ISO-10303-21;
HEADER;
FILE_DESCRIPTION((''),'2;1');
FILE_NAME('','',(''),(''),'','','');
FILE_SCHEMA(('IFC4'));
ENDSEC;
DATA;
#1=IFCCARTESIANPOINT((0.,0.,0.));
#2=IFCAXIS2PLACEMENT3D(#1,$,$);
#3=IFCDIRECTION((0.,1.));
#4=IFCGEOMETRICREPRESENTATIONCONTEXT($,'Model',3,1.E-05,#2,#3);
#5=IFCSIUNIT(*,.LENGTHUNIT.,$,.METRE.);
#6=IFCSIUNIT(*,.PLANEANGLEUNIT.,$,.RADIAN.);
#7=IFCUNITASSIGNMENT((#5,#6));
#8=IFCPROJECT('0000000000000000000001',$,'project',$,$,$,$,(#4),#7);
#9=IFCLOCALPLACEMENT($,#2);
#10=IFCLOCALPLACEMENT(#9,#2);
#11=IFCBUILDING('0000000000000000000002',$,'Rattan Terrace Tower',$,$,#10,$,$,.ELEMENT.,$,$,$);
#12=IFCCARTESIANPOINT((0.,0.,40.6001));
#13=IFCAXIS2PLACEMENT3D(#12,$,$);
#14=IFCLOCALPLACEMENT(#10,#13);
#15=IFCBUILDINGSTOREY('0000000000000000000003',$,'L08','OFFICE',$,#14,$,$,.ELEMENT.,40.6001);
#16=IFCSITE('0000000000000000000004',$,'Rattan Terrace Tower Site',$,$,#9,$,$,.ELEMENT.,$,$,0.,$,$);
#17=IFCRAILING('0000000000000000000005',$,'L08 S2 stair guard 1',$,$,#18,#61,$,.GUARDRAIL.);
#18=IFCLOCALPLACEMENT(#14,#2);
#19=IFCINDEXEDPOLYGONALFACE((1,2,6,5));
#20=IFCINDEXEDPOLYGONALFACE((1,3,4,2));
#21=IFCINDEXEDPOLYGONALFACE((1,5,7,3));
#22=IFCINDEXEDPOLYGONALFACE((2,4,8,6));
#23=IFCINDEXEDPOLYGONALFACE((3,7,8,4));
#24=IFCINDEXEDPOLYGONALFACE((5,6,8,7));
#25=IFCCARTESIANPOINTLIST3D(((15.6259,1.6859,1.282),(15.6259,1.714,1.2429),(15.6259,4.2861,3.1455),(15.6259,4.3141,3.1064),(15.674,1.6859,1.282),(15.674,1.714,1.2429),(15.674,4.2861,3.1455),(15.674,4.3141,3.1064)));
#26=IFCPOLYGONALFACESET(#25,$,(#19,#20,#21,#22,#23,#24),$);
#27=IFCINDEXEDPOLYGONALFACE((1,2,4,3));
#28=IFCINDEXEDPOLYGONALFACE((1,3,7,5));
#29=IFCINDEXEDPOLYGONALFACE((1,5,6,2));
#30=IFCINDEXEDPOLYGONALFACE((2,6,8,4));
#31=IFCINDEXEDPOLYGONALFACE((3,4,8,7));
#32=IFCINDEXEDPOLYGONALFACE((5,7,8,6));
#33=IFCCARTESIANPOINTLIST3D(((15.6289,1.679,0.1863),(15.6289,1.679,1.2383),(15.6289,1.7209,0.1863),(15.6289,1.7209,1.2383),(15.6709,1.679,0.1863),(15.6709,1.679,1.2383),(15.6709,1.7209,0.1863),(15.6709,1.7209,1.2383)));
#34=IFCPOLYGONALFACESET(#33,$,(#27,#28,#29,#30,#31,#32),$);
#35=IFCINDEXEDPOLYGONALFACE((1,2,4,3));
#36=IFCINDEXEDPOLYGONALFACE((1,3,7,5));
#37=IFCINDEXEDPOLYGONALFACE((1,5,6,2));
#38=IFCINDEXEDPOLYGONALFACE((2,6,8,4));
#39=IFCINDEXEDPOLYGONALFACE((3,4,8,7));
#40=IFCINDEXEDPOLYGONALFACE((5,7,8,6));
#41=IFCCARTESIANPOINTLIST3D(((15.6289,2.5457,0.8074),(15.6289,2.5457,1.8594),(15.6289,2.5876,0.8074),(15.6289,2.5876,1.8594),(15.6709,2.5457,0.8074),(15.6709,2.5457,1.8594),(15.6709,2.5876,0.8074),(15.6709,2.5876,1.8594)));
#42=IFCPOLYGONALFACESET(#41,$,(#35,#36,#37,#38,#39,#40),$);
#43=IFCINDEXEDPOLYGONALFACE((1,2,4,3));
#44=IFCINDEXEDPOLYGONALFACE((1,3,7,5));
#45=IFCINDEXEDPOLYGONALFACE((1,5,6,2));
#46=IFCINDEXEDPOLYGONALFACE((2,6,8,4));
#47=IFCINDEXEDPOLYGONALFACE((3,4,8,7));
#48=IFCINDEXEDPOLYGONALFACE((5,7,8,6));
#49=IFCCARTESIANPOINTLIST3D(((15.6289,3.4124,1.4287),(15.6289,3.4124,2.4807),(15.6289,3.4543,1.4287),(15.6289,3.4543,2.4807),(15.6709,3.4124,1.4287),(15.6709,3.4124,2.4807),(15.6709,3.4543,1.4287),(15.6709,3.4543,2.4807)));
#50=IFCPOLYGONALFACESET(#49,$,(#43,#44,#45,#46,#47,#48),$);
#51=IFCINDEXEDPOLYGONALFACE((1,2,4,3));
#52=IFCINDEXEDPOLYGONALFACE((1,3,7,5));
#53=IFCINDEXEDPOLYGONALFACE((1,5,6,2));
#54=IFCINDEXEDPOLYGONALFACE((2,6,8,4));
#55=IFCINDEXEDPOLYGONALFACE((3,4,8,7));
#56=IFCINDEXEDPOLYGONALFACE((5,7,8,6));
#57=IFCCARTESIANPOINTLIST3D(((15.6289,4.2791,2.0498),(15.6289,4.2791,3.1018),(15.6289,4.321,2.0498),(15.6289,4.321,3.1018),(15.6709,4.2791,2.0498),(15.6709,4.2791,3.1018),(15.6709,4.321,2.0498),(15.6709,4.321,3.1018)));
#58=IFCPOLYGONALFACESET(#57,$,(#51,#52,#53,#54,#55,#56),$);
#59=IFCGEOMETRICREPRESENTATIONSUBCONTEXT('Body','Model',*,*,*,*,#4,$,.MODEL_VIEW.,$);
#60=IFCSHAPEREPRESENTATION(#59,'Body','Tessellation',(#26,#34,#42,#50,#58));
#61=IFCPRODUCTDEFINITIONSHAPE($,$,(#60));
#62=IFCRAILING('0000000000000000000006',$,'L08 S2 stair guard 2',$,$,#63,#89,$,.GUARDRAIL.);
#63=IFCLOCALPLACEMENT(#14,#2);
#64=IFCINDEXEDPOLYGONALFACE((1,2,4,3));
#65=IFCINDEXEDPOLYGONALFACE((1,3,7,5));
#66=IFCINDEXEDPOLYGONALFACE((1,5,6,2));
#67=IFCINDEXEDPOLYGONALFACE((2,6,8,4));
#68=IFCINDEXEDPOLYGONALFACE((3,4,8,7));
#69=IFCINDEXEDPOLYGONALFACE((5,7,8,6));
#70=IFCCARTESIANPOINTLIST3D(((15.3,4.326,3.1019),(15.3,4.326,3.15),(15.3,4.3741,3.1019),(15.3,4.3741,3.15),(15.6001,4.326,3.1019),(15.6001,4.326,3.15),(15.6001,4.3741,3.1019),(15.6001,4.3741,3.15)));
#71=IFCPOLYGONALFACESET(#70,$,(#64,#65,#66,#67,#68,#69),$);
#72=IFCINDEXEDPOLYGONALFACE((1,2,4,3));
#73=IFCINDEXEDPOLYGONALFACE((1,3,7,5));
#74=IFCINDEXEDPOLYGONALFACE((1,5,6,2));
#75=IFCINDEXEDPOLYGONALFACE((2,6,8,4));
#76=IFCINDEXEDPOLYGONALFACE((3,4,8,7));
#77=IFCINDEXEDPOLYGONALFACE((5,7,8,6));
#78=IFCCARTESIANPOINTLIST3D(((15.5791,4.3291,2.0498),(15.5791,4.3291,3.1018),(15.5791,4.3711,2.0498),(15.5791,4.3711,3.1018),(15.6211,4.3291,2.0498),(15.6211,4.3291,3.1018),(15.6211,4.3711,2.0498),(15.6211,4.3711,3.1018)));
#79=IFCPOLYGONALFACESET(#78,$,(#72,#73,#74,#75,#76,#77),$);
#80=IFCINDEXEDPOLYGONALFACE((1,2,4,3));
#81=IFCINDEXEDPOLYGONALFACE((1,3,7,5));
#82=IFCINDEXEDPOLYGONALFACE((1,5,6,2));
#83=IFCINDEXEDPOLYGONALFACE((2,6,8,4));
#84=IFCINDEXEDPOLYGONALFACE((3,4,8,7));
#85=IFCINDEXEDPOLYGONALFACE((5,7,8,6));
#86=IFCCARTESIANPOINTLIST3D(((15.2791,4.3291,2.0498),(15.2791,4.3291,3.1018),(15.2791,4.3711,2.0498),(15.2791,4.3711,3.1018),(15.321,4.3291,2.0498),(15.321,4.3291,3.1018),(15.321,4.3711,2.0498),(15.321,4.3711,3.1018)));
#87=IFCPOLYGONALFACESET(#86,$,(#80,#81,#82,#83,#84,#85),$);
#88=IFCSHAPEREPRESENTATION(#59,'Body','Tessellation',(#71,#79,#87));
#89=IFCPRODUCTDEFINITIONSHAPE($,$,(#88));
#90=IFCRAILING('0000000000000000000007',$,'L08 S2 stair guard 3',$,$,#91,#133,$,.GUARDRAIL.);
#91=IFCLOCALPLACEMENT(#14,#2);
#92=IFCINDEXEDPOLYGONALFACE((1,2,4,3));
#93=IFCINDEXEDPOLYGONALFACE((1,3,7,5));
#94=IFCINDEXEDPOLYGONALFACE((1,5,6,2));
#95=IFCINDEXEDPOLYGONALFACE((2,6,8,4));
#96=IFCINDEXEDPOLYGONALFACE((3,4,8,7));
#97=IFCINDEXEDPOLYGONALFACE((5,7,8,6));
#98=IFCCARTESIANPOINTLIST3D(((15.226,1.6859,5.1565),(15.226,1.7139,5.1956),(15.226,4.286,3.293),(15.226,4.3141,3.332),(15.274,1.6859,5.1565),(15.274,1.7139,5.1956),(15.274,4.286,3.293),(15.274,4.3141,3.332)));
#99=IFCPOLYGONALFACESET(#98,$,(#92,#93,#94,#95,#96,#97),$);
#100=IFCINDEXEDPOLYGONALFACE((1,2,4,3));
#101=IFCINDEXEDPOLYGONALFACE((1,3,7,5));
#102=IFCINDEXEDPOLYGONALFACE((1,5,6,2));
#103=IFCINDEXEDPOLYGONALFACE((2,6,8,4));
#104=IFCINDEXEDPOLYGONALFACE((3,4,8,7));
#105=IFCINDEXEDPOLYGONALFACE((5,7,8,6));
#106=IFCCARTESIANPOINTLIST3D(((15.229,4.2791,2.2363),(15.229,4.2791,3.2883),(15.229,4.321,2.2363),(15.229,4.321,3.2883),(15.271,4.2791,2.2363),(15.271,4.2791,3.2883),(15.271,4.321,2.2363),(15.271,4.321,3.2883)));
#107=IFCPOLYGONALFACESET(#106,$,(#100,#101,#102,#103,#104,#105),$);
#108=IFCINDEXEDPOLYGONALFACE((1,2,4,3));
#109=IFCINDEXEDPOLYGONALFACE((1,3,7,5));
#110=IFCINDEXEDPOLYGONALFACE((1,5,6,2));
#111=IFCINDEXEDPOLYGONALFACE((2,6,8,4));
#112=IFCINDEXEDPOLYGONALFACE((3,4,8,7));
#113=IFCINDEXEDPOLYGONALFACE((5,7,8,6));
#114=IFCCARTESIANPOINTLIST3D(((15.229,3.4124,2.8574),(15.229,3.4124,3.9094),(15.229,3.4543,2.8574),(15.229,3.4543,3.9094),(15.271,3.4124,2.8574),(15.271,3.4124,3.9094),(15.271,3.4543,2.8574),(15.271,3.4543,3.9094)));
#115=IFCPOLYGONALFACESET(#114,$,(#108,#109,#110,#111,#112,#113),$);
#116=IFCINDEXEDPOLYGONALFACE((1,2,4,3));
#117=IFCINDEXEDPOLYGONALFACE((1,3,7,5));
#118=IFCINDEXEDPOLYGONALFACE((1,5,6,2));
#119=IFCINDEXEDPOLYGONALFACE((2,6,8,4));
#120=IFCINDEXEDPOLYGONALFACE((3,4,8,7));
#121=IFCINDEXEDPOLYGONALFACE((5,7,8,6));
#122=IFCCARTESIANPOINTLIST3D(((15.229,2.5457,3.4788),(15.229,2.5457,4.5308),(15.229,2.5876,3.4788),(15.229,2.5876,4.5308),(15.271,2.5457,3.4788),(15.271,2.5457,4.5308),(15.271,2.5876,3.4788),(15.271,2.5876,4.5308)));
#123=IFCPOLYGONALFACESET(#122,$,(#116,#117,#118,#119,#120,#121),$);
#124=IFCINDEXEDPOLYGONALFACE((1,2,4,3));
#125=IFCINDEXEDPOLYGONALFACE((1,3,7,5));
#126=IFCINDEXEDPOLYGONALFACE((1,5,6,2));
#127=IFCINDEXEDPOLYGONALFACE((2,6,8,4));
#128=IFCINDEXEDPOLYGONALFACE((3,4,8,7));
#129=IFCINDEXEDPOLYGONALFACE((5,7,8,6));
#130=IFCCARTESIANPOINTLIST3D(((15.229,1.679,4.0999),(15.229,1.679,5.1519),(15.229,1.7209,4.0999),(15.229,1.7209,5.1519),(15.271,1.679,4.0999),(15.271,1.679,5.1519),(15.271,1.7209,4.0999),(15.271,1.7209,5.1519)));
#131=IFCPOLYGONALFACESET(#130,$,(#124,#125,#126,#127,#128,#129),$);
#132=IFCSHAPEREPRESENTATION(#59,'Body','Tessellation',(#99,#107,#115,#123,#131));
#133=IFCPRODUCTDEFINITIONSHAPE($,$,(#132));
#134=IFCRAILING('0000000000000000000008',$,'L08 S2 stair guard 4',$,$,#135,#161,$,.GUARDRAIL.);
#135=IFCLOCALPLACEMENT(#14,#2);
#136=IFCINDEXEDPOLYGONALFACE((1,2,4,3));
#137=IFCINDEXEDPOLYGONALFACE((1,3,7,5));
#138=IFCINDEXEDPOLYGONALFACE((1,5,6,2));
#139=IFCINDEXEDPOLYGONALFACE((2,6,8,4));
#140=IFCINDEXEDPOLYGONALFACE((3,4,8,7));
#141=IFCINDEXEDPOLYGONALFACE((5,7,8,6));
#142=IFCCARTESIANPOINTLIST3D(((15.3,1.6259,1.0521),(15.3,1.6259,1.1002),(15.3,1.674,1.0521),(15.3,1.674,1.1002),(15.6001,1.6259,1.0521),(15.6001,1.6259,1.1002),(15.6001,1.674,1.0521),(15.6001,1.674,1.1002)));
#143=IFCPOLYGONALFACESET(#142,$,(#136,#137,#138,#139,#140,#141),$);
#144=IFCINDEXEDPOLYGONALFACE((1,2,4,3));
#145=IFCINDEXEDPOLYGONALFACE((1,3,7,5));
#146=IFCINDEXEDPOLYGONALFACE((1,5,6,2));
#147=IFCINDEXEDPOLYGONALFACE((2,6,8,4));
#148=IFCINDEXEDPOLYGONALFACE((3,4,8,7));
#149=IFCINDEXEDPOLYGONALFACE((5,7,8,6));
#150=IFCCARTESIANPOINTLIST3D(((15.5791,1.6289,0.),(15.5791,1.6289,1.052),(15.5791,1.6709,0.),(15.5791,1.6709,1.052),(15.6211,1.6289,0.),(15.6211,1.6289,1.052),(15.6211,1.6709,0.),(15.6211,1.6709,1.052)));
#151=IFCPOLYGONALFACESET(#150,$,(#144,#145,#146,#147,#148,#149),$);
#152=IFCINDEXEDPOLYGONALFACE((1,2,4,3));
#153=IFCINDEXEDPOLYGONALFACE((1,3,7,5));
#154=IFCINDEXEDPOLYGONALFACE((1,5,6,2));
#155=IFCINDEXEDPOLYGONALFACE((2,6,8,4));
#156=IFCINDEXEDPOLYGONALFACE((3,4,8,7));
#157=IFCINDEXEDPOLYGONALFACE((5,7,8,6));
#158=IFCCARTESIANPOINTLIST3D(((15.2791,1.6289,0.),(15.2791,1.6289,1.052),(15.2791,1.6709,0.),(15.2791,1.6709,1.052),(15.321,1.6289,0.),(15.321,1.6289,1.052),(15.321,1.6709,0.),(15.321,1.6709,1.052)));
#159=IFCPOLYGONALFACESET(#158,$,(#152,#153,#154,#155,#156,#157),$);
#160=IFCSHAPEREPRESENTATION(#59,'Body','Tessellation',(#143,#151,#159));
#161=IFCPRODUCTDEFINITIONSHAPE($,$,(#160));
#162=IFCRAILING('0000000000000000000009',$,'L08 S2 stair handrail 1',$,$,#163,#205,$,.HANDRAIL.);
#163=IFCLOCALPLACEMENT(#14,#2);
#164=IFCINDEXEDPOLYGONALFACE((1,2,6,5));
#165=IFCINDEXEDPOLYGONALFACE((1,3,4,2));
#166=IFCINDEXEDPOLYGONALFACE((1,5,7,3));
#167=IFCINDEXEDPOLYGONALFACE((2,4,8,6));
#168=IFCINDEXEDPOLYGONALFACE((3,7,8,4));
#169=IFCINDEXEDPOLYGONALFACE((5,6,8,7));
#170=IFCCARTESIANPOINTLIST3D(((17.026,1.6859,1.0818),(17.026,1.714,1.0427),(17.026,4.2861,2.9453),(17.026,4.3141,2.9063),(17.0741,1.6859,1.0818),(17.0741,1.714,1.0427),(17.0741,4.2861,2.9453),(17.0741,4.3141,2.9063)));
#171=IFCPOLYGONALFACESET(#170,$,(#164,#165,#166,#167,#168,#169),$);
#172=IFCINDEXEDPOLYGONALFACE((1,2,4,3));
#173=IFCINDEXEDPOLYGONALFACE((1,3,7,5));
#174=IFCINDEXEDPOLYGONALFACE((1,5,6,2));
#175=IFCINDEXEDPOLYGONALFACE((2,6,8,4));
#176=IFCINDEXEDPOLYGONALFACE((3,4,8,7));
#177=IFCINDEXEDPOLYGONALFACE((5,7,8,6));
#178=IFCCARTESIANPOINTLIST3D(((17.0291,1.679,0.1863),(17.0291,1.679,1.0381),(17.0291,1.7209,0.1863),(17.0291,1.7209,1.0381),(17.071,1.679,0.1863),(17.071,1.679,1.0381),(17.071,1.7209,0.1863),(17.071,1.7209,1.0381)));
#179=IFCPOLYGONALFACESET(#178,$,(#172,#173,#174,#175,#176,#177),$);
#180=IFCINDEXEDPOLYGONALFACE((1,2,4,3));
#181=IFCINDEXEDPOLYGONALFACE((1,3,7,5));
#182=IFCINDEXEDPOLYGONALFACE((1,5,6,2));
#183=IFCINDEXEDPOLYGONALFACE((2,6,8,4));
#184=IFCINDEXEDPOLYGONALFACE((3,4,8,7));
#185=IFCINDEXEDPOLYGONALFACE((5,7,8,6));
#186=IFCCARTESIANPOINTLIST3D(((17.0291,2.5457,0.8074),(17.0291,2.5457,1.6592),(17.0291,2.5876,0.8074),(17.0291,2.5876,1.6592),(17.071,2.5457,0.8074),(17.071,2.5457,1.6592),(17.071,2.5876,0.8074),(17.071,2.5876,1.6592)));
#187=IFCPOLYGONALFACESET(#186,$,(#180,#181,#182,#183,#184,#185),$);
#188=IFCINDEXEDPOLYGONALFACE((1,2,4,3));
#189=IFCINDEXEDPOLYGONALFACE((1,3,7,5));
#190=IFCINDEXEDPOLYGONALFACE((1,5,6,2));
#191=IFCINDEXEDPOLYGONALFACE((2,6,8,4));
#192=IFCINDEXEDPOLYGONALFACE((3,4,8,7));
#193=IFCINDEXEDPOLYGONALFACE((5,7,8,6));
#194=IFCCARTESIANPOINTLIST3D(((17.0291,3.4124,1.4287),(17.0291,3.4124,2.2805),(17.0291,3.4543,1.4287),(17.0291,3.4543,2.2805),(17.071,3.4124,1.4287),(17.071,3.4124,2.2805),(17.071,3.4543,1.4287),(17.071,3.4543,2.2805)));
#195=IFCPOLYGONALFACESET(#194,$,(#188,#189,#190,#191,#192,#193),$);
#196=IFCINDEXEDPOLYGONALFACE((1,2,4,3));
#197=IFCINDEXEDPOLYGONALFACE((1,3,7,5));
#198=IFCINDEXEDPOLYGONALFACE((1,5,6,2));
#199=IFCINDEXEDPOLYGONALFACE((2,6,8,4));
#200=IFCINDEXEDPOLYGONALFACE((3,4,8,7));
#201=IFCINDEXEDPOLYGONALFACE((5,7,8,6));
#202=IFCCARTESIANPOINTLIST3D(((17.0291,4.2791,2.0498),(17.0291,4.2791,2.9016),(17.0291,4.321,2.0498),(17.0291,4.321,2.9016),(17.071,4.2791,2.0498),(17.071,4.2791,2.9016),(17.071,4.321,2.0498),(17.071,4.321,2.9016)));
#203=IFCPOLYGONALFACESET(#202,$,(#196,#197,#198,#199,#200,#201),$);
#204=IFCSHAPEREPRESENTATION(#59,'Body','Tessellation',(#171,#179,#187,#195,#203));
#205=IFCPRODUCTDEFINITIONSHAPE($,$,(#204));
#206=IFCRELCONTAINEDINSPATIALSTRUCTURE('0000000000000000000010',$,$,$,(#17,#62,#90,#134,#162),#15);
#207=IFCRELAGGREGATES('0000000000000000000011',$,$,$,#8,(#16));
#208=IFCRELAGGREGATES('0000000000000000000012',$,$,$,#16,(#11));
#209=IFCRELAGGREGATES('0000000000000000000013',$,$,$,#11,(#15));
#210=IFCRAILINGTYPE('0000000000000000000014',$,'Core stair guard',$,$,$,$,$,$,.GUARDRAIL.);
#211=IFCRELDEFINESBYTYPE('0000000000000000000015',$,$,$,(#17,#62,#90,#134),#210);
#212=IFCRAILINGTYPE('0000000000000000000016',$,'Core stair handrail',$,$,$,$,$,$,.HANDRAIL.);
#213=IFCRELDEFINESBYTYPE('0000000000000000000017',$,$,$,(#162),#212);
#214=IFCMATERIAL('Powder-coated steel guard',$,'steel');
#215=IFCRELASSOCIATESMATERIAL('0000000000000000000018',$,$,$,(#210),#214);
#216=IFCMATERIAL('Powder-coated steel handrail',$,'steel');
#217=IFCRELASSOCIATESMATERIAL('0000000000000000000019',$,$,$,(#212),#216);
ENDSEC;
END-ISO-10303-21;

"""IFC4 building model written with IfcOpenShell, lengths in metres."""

from ifc_helpers import new_model, si_unit, direction, frame, origin, origin_2d, place, context, subcontext, project, spatial, rectangle, extrude, material, type_object, element, save


model = new_model("IFC4")

# Units and contexts
model_context = context("Model", 3, precision=1e-05, world=origin(), true_north=direction((0.0, 1.0)))
body_context = subcontext(model_context, "Body", "Model", "MODEL_VIEW")
ifc_project = project(units=[si_unit("LENGTHUNIT", "METRE"), si_unit("PLANEANGLEUNIT", "RADIAN")], contexts=[model_context])

# Site, building, storey
site_placement = place(None, origin())
site = spatial("IfcSite", under=ifc_project, at=site_placement, Name="Rattan Terrace Tower Site", CompositionType="ELEMENT", RefElevation=0.0)
building_placement = place(site_placement, origin())
building = spatial("IfcBuilding", under=site, at=building_placement, Name="Rattan Terrace Tower", CompositionType="ELEMENT")
storey_placement = place(building_placement, frame((0.0, 0.0, 40.6001)))
storey = spatial("IfcBuildingStorey", under=building, at=storey_placement, Name="L08", Description="OFFICE", CompositionType="ELEMENT", Elevation=40.6001)

# Railings
ifc_material_1 = material(Name="Powder-coated steel guard", Category="steel")
railing_type_1 = type_object("IfcRailingType", Name="Core stair guard", PredefinedType="GUARDRAIL", material=ifc_material_1)
railing_1_placement = place(storey_placement, frame((15.6499, 1.7, 0.1863)))
element("IfcRailing", 1, at=railing_1_placement, inside=storey, type_object=railing_type_1, Name="L08 S2 stair guard 1", PredefinedType="GUARDRAIL", context=body_context, shape_type="SweptSolid", body=[
    extrude(rectangle(XDim=0.0481, YDim=0.0481, at=origin_2d()), frame((0.0, 0.0, 1.0762), z_axis=(0.0, 0.812799, 0.582544), x_axis=(-1.0, 0.0, 0.0)), (0.0, 0.0, 1.0), 3.199),
    extrude(rectangle(XDim=0.042, YDim=0.042, at=origin_2d()), origin(), (0.0, 0.0, 1.0), 1.052),
    extrude(rectangle(XDim=0.042, YDim=0.042, at=origin_2d()), frame((0.0, 0.8667, 0.6211)), (0.0, 0.0, 1.0), 1.052),
    extrude(rectangle(XDim=0.042, YDim=0.042, at=origin_2d()), frame((0.0, 1.7334, 1.2424)), (0.0, 0.0, 1.0), 1.052),
    extrude(rectangle(XDim=0.042, YDim=0.042, at=origin_2d()), frame((0.0, 2.6001, 1.8635)), (0.0, 0.0, 1.0), 1.052),
])
railing_2_placement = place(storey_placement, frame((15.6001, 4.3501, 2.0498)))
element("IfcRailing", 2, at=railing_2_placement, inside=storey, type_object=railing_type_1, Name="L08 S2 stair guard 2", PredefinedType="GUARDRAIL", context=body_context, shape_type="SweptSolid", body=[
    extrude(rectangle(XDim=0.0481, YDim=0.0481, at=origin_2d()), frame((0.0, 0.0, 1.0762), z_axis=(-1.0, 0.0, 0.0), x_axis=(0.0, -1.0, 0.0)), (0.0, 0.0, 1.0), 0.3),
    extrude(rectangle(XDim=0.042, YDim=0.042, at=origin_2d()), origin(), (0.0, 0.0, 1.0), 1.052),
    extrude(rectangle(XDim=0.042, YDim=0.042, at=origin_2d()), frame((-0.3, 0.0, 0.0)), (0.0, 0.0, 1.0), 1.052),
])
railing_3_placement = place(storey_placement, frame((15.25, 4.3, 2.2363)))
element("IfcRailing", 3, at=railing_3_placement, inside=storey, type_object=railing_type_1, Name="L08 S2 stair guard 3", PredefinedType="GUARDRAIL", context=body_context, shape_type="SweptSolid", body=[
    extrude(rectangle(XDim=0.0481, YDim=0.0481, at=origin_2d()), frame((0.0, 0.0, 1.0762), z_axis=(0.0, -0.812799, 0.582544), x_axis=(1.0, 0.0, 0.0)), (0.0, 0.0, 1.0), 3.199),
    extrude(rectangle(XDim=0.042, YDim=0.042, at=origin_2d()), origin(), (0.0, 0.0, 1.0), 1.052),
    extrude(rectangle(XDim=0.042, YDim=0.042, at=origin_2d()), frame((0.0, -0.8667, 0.6211)), (0.0, 0.0, 1.0), 1.052),
    extrude(rectangle(XDim=0.042, YDim=0.042, at=origin_2d()), frame((0.0, -1.7334, 1.2424)), (0.0, 0.0, 1.0), 1.052),
    extrude(rectangle(XDim=0.042, YDim=0.042, at=origin_2d()), frame((0.0, -2.6001, 1.8635)), (0.0, 0.0, 1.0), 1.052),
])
railing_4_placement = place(storey_placement, frame((15.6001, 1.6499, 0.0)))
element("IfcRailing", 4, at=railing_4_placement, inside=storey, type_object=railing_type_1, Name="L08 S2 stair guard 4", PredefinedType="GUARDRAIL", context=body_context, shape_type="SweptSolid", body=[
    extrude(rectangle(XDim=0.0481, YDim=0.0481, at=origin_2d()), frame((0.0, 0.0, 1.0762), z_axis=(-1.0, 0.0, 0.0), x_axis=(0.0, -1.0, 0.0)), (0.0, 0.0, 1.0), 0.3),
    extrude(rectangle(XDim=0.042, YDim=0.042, at=origin_2d()), origin(), (0.0, 0.0, 1.0), 1.052),
    extrude(rectangle(XDim=0.042, YDim=0.042, at=origin_2d()), frame((-0.3, 0.0, 0.0)), (0.0, 0.0, 1.0), 1.052),
])
ifc_material_2 = material(Name="Powder-coated steel handrail", Category="steel")
railing_type_2 = type_object("IfcRailingType", Name="Core stair handrail", PredefinedType="HANDRAIL", material=ifc_material_2)
railing_5_placement = place(storey_placement, frame((17.05, 1.7, 0.1863)))
element("IfcRailing", 5, at=railing_5_placement, inside=storey, type_object=railing_type_2, Name="L08 S2 stair handrail 1", PredefinedType="HANDRAIL", context=body_context, shape_type="SweptSolid", body=[
    extrude(rectangle(XDim=0.0481, YDim=0.0481, at=origin_2d()), frame((0.0, 0.0, 0.876), z_axis=(0.0, 0.812799, 0.582544), x_axis=(-1.0, 0.0, 0.0)), (0.0, 0.0, 1.0), 3.199),
    extrude(rectangle(XDim=0.042, YDim=0.042, at=origin_2d()), origin(), (0.0, 0.0, 1.0), 0.8518),
    extrude(rectangle(XDim=0.042, YDim=0.042, at=origin_2d()), frame((0.0, 0.8667, 0.6211)), (0.0, 0.0, 1.0), 0.8518),
    extrude(rectangle(XDim=0.042, YDim=0.042, at=origin_2d()), frame((0.0, 1.7334, 1.2424)), (0.0, 0.0, 1.0), 0.8518),
    extrude(rectangle(XDim=0.042, YDim=0.042, at=origin_2d()), frame((0.0, 2.6001, 1.8635)), (0.0, 0.0, 1.0), 0.8518),
])

save(model, "model.ifc")
